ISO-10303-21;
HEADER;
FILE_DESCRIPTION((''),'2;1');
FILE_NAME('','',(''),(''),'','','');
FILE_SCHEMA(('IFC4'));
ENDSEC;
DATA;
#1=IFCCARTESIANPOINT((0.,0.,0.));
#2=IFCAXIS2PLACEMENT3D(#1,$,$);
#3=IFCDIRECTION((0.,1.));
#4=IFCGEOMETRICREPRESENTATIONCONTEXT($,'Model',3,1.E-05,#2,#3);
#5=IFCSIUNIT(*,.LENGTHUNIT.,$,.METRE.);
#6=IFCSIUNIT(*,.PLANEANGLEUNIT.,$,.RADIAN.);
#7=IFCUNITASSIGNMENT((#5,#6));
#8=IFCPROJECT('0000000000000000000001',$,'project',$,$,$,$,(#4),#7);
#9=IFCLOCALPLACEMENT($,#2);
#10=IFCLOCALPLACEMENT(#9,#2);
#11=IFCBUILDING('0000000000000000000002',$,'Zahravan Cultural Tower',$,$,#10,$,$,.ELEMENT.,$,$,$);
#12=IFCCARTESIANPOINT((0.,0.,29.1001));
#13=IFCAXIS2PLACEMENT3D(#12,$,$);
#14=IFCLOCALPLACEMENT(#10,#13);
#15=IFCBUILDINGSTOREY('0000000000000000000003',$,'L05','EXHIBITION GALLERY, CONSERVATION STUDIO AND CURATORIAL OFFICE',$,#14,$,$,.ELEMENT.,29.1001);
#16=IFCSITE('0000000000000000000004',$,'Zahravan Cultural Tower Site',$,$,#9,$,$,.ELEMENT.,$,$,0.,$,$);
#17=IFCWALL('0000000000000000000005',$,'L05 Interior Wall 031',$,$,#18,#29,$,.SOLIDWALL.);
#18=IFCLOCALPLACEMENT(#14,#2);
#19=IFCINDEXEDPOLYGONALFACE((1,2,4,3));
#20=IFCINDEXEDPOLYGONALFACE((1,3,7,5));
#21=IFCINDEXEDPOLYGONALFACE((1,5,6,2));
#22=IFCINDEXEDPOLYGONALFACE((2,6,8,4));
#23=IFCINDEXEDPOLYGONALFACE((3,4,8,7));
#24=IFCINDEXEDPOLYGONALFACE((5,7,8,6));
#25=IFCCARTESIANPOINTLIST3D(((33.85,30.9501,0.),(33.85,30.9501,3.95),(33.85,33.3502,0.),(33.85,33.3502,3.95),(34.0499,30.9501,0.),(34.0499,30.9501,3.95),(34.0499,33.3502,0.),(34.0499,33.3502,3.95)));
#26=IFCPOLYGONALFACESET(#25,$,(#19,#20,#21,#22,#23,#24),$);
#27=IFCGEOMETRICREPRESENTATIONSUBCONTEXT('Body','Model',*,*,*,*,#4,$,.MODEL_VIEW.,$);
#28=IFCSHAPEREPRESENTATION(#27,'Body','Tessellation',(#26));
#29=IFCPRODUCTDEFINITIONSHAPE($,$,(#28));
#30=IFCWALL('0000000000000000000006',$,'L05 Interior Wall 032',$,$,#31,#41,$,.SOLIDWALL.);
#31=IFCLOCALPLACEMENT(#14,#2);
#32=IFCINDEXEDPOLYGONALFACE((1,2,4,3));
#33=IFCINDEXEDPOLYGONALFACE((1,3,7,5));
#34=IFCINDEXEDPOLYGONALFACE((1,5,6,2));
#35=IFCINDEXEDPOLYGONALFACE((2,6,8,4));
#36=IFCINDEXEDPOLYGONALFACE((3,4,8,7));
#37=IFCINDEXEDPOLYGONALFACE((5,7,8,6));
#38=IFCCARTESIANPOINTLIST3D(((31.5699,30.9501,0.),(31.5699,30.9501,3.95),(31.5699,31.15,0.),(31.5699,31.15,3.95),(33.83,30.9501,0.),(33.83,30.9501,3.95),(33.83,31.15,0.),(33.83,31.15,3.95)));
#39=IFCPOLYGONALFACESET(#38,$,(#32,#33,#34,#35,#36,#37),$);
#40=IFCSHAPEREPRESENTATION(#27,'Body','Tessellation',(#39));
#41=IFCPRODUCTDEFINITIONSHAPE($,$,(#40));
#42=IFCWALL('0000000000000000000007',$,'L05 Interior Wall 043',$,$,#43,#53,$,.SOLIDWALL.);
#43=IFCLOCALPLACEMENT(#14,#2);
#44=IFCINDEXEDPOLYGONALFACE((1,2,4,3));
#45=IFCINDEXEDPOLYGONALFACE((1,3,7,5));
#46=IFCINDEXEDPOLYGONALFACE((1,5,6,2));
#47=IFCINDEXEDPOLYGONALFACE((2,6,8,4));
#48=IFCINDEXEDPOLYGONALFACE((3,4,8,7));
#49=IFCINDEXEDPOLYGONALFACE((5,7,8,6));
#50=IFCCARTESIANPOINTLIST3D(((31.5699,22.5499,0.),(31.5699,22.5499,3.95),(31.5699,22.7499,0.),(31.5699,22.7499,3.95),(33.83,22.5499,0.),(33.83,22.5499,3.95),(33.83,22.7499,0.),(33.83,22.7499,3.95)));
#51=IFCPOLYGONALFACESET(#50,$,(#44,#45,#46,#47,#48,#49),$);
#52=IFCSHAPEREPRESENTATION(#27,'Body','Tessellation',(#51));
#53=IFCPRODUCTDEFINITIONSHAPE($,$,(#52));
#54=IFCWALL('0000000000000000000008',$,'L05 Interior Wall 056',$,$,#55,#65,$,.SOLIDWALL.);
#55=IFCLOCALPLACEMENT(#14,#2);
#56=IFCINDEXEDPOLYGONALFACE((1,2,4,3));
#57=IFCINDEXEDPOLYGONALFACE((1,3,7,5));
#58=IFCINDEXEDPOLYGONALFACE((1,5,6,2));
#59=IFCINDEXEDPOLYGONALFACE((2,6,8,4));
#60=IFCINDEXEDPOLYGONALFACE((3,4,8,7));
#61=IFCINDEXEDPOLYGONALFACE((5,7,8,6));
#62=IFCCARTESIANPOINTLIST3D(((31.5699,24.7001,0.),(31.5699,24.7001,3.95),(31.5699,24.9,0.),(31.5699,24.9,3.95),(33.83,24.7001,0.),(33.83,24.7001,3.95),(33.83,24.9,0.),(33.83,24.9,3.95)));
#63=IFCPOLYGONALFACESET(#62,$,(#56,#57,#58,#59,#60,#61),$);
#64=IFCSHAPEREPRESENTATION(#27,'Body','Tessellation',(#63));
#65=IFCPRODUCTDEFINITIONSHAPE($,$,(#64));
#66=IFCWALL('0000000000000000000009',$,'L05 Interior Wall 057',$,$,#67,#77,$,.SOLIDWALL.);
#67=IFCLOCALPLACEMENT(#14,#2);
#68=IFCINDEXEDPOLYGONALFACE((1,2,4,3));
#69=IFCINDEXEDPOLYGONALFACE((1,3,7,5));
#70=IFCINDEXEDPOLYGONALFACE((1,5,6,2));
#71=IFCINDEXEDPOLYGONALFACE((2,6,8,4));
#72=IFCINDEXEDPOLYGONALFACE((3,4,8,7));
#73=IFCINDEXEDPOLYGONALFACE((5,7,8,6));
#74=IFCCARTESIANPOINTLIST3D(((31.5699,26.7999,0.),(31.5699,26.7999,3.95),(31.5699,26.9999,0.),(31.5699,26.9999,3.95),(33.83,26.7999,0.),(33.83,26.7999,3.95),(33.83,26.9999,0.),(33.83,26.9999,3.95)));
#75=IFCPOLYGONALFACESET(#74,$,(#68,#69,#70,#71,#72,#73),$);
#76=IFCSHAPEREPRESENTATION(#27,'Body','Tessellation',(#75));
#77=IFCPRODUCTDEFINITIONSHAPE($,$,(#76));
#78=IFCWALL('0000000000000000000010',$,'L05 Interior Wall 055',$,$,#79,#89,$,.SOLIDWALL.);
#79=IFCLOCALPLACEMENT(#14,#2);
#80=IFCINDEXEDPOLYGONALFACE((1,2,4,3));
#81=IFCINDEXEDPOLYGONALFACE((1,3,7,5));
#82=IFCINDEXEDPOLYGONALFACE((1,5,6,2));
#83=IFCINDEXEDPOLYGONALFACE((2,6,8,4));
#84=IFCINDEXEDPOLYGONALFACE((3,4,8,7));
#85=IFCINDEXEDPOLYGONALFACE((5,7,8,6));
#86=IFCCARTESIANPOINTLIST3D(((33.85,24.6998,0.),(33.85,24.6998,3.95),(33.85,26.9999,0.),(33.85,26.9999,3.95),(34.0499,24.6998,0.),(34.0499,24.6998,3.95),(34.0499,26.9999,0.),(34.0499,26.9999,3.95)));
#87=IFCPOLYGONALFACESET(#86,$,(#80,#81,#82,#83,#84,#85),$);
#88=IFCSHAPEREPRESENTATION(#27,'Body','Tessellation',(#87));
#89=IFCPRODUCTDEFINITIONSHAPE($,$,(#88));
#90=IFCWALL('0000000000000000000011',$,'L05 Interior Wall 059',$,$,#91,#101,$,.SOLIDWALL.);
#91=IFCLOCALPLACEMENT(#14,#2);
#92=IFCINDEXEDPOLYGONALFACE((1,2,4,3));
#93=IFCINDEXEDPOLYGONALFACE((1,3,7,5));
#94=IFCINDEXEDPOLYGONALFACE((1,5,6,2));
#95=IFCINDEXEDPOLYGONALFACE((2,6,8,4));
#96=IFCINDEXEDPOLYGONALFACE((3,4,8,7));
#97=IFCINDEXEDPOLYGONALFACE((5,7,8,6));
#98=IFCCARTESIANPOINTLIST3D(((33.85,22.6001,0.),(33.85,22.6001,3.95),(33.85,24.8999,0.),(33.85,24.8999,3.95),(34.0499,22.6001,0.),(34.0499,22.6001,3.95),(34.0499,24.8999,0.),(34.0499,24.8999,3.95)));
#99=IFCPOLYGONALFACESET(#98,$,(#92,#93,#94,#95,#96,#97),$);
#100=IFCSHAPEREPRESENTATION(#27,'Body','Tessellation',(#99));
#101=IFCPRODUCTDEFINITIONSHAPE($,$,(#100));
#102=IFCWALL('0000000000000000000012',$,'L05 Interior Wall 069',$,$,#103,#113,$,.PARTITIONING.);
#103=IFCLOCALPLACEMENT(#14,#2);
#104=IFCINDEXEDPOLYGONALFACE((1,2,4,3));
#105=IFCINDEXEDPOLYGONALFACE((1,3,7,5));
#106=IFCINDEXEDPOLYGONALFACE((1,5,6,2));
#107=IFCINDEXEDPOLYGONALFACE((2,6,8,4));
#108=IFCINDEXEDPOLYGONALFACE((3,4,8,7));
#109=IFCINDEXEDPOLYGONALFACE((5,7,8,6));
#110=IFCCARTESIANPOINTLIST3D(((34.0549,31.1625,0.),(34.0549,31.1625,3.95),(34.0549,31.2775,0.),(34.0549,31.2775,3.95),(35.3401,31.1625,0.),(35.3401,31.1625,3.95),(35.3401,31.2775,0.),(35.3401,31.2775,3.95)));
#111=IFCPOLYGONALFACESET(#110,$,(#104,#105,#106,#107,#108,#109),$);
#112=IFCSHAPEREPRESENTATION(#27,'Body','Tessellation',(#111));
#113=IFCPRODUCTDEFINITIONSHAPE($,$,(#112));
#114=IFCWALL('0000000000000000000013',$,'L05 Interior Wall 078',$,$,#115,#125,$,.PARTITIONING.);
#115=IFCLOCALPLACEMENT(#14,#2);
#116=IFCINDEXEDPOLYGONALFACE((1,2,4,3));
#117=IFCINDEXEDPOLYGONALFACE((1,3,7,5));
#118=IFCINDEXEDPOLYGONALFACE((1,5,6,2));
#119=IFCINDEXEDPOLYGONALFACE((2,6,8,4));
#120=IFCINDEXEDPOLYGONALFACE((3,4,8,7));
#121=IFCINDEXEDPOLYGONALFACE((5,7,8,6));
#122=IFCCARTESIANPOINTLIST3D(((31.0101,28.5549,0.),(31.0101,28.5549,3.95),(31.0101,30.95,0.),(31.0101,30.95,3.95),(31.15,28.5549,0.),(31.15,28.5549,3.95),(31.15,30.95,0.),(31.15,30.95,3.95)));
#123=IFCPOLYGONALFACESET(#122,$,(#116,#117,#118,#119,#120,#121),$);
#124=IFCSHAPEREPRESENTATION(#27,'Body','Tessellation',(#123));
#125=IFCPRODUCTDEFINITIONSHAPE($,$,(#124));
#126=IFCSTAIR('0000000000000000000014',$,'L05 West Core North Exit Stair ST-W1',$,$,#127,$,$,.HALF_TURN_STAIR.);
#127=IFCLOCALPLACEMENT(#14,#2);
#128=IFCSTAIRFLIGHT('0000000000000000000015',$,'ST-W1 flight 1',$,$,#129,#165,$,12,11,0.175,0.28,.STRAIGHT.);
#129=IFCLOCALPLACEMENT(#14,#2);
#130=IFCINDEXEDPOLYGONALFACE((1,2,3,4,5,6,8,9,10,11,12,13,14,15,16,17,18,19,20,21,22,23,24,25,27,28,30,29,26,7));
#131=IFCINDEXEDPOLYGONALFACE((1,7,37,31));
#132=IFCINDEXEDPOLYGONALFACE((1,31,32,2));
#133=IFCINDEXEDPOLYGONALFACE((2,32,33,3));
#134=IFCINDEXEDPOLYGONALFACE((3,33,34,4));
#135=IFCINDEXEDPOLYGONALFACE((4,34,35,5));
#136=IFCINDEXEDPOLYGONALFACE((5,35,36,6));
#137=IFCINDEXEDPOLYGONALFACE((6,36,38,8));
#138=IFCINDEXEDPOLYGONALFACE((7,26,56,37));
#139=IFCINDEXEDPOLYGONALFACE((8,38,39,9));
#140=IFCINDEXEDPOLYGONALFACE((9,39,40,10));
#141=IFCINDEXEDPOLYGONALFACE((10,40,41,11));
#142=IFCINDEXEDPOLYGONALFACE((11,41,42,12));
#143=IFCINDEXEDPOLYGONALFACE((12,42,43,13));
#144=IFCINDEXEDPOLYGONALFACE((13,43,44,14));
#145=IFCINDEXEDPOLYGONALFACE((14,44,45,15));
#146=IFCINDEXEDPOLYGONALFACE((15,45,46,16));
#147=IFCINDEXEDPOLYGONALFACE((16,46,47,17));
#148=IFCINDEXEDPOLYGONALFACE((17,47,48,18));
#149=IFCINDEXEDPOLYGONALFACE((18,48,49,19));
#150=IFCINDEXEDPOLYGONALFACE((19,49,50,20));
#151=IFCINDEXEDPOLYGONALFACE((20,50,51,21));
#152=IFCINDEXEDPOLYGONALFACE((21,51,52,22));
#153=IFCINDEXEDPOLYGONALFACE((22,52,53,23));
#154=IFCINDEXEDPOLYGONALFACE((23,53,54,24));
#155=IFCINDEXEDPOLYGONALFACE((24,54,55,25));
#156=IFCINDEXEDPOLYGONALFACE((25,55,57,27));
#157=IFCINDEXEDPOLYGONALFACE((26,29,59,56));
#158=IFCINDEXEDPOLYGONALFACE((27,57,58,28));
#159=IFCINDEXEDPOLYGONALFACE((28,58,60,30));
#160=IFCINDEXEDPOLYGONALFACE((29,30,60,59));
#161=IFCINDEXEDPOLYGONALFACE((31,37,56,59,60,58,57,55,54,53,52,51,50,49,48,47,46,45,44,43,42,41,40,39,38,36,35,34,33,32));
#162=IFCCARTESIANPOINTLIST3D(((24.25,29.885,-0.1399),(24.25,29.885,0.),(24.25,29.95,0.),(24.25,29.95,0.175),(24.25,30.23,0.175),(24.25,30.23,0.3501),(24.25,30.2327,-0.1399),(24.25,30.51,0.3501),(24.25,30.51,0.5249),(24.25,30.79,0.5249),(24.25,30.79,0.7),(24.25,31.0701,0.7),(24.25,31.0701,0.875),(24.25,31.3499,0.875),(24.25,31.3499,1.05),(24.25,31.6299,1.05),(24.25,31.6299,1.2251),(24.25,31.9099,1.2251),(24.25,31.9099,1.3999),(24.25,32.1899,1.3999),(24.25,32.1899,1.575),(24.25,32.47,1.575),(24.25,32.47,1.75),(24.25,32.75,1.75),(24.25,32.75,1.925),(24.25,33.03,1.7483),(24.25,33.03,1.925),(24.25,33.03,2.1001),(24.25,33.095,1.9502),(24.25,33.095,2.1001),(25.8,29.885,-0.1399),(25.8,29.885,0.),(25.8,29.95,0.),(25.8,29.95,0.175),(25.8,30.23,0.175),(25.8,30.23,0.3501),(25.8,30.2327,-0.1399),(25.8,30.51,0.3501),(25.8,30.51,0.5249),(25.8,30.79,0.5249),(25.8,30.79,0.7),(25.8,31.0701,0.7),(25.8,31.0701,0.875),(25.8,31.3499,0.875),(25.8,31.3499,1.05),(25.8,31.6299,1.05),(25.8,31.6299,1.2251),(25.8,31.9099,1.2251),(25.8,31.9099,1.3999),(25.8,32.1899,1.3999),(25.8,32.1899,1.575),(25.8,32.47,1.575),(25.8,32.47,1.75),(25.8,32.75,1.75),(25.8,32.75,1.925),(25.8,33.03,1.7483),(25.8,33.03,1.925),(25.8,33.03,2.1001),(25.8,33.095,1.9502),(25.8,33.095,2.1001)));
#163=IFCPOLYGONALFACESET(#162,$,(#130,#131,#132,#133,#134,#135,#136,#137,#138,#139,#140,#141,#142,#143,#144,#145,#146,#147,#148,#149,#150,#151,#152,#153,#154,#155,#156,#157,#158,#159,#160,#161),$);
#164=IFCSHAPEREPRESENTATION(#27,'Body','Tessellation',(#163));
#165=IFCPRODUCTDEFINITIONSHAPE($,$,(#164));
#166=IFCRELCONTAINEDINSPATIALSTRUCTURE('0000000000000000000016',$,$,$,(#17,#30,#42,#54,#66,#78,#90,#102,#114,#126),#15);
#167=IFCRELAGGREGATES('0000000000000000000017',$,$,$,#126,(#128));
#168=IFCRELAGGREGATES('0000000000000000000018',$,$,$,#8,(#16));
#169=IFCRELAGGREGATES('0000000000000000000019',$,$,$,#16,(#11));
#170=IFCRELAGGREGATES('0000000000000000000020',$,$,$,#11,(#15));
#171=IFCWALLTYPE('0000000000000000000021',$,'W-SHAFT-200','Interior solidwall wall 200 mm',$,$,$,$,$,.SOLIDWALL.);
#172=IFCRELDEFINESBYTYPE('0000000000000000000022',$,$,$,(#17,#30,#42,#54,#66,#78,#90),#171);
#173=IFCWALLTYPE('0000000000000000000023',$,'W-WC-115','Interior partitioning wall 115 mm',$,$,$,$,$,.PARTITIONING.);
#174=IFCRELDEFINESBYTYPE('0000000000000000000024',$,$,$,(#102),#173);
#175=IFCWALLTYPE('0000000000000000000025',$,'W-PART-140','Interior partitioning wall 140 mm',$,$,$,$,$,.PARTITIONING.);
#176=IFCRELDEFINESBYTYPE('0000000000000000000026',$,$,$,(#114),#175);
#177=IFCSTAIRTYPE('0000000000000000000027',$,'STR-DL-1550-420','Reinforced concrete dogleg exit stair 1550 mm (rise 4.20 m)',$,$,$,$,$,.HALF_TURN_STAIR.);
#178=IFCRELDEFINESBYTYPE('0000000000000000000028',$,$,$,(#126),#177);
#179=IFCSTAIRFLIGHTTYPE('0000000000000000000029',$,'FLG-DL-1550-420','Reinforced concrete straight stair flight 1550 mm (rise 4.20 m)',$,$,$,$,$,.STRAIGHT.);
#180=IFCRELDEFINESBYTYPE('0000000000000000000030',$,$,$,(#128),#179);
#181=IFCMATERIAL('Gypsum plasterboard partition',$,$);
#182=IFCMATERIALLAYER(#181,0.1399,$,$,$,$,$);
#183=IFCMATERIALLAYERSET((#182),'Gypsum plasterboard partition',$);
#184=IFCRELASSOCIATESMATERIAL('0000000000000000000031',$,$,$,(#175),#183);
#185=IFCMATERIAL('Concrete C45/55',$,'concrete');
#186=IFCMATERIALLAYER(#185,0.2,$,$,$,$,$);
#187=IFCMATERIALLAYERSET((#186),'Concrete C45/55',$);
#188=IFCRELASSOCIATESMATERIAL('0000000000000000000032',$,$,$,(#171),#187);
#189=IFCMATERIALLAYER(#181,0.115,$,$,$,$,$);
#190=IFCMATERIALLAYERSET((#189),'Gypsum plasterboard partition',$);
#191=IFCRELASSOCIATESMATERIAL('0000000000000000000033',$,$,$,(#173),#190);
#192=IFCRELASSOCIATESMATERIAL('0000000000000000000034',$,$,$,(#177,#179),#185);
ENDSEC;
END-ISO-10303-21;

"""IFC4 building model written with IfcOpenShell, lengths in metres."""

from ifc_helpers import new_model, si_unit, direction, frame, frame_2d, origin, place, context, subcontext, project, spatial, polyline, rectangle, outline, extrude, source, transform, mapped, material, layer, layer_set, type_object, element, aggregate, save


model = new_model("IFC4")

# Units and contexts
model_context = context("Model", 3, precision=1e-05, world=origin(), true_north=direction((0.0, 1.0)))
body_context = subcontext(model_context, "Body", "Model", "MODEL_VIEW")
ifc_project = project(units=[si_unit("LENGTHUNIT", "METRE"), si_unit("PLANEANGLEUNIT", "RADIAN")], contexts=[model_context])

# Site, building, storey
site_placement = place(None, origin())
site = spatial("IfcSite", under=ifc_project, at=site_placement, Name="Zahravan Cultural Tower Site", CompositionType="ELEMENT", RefElevation=0.0)
building_placement = place(site_placement, origin())
building = spatial("IfcBuilding", under=site, at=building_placement, Name="Zahravan Cultural Tower", CompositionType="ELEMENT")
storey_placement = place(building_placement, frame((0.0, 0.0, 29.1001)))
storey = spatial("IfcBuildingStorey", under=building, at=storey_placement, Name="L05", Description="EXHIBITION GALLERY, CONSERVATION STUDIO AND CURATORIAL OFFICE", CompositionType="ELEMENT", Elevation=29.1001)

# Shared definitions
ifc_material_1 = material(Name="Gypsum plasterboard partition")
ifc_layer_1 = layer(ifc_material_1, 0.1399)
ifc_layer_set_1 = layer_set([ifc_layer_1], Name="Gypsum plasterboard partition")
wall_type_1 = type_object("IfcWallType", Name="W-PART-140", Description="Interior partitioning wall 140 mm", PredefinedType="PARTITIONING", material=ifc_layer_set_1)
ifc_material_2 = material(Name="Concrete C45/55", Category="concrete")
ifc_layer_2 = layer(ifc_material_2, 0.2)
ifc_layer_set_2 = layer_set([ifc_layer_2], Name="Concrete C45/55")
wall_type_2 = type_object("IfcWallType", Name="W-SHAFT-200", Description="Interior solidwall wall 200 mm", PredefinedType="SOLIDWALL", material=ifc_layer_set_2)

# Walls
shared_shape_1 = source(origin(), body_context, "Body", "SweptSolid", [
    extrude(rectangle(XDim=2.4001, YDim=0.2, at=frame_2d((1.2002, 0.0))), origin(), (0.0, 0.0, 1.0), 3.95),
])
for number, where, z_axis, x_axis, name in (
    (1, (33.95, 30.95, 0.0), (0.0, 0.0, 1.0), (0.0, 1.0, 0.0), "L05 Interior Wall 031"),
):
    element("IfcWall", number, at=place(storey_placement, frame(where, z_axis=z_axis, x_axis=x_axis)), inside=storey, type_object=wall_type_2, Name=name, PredefinedType="SOLIDWALL", context=body_context, shape_type="MappedRepresentation", body=[
        mapped(shared_shape_1, transform((0.0, 0.0, 0.0), x_axis=(1.0, 0.0, 0.0), y_axis=(0.0, 1.0, 0.0), z_axis=(0.0, 0.0, 1.0), scale=1.0)),
    ])
shared_shape_2 = source(origin(), body_context, "Body", "SweptSolid", [
    extrude(rectangle(XDim=2.26, YDim=0.2, at=frame_2d((1.1299, 0.0))), origin(), (0.0, 0.0, 1.0), 3.95),
])
for number, where, z_axis, x_axis, name in (
    (2, (31.5701, 31.05, 0.0), (0.0, 0.0, 1.0), (1.0, 0.0, 0.0), "L05 Interior Wall 032"),
    (3, (31.5701, 22.6499, 0.0), (0.0, 0.0, 1.0), (1.0, 0.0, 0.0), "L05 Interior Wall 043"),
    (4, (31.5701, 24.8, 0.0), (0.0, 0.0, 1.0), (1.0, 0.0, 0.0), "L05 Interior Wall 056"),
    (5, (31.5701, 26.8999, 0.0), (0.0, 0.0, 1.0), (1.0, 0.0, 0.0), "L05 Interior Wall 057"),
):
    element("IfcWall", number, at=place(storey_placement, frame(where, z_axis=z_axis, x_axis=x_axis)), inside=storey, type_object=wall_type_2, Name=name, PredefinedType="SOLIDWALL", context=body_context, shape_type="MappedRepresentation", body=[
        mapped(shared_shape_2, transform((0.0, 0.0, 0.0), x_axis=(1.0, 0.0, 0.0), y_axis=(0.0, 1.0, 0.0), z_axis=(0.0, 0.0, 1.0), scale=1.0)),
    ])
shared_shape_3 = source(origin(), body_context, "Body", "SweptSolid", [
    extrude(rectangle(XDim=2.3, YDim=0.2, at=frame_2d((1.1499, 0.0))), origin(), (0.0, 0.0, 1.0), 3.95),
])
wall_1_placement = place(storey_placement, frame((33.95, 24.7, 0.0), z_axis=(0.0, 0.0, 1.0), x_axis=(0.0, 1.0, 0.0)))
element("IfcWall", 6, at=wall_1_placement, inside=storey, type_object=wall_type_2, Name="L05 Interior Wall 055", PredefinedType="SOLIDWALL", context=body_context, shape_type="MappedRepresentation", body=[
    mapped(shared_shape_3, transform((0.0, 0.0, 0.0), x_axis=(1.0, 0.0, 0.0), y_axis=(0.0, 1.0, 0.0), z_axis=(0.0, 0.0, 1.0), scale=1.0)),
])
shared_shape_4 = source(origin(), body_context, "Body", "SweptSolid", [
    extrude(rectangle(XDim=2.2998, YDim=0.2, at=frame_2d((1.1499, 0.0))), origin(), (0.0, 0.0, 1.0), 3.95),
])
wall_2_placement = place(storey_placement, frame((33.95, 22.6001, 0.0), z_axis=(0.0, 0.0, 1.0), x_axis=(0.0, 1.0, 0.0)))
element("IfcWall", 7, at=wall_2_placement, inside=storey, type_object=wall_type_2, Name="L05 Interior Wall 059", PredefinedType="SOLIDWALL", context=body_context, shape_type="MappedRepresentation", body=[
    mapped(shared_shape_4, transform((0.0, 0.0, 0.0), x_axis=(1.0, 0.0, 0.0), y_axis=(0.0, 1.0, 0.0), z_axis=(0.0, 0.0, 1.0), scale=1.0)),
])
ifc_layer_3 = layer(ifc_material_1, 0.115)
ifc_layer_set_3 = layer_set([ifc_layer_3], Name="Gypsum plasterboard partition")
wall_type_3 = type_object("IfcWallType", Name="W-WC-115", Description="Interior partitioning wall 115 mm", PredefinedType="PARTITIONING", material=ifc_layer_set_3)
shared_shape_5 = source(origin(), body_context, "Body", "SweptSolid", [
    extrude(rectangle(XDim=1.2852, YDim=0.115, at=frame_2d((0.6426, 0.0))), origin(), (0.0, 0.0, 1.0), 3.95),
])
wall_3_placement = place(storey_placement, frame((35.3401, 31.22, 0.0), z_axis=(0.0, 0.0, 1.0), x_axis=(-1.0, 0.0, 0.0)))
element("IfcWall", 8, at=wall_3_placement, inside=storey, type_object=wall_type_3, Name="L05 Interior Wall 069", PredefinedType="PARTITIONING", context=body_context, shape_type="MappedRepresentation", body=[
    mapped(shared_shape_5, transform((0.0, 0.0, 0.0), x_axis=(1.0, 0.0, 0.0), y_axis=(0.0, 1.0, 0.0), z_axis=(0.0, 0.0, 1.0), scale=1.0)),
])
shared_shape_6 = source(origin(), body_context, "Body", "SweptSolid", [
    extrude(rectangle(XDim=2.395, YDim=0.1399, at=frame_2d((1.1975, 0.0))), origin(), (0.0, 0.0, 1.0), 3.95),
])
wall_4_placement = place(storey_placement, frame((31.0801, 28.5549, 0.0), z_axis=(0.0, 0.0, 1.0), x_axis=(0.0, 1.0, 0.0)))
element("IfcWall", 9, at=wall_4_placement, inside=storey, type_object=wall_type_1, Name="L05 Interior Wall 078", PredefinedType="PARTITIONING", context=body_context, shape_type="MappedRepresentation", body=[
    mapped(shared_shape_6, transform((0.0, 0.0, 0.0), x_axis=(1.0, 0.0, 0.0), y_axis=(0.0, 1.0, 0.0), z_axis=(0.0, 0.0, 1.0), scale=1.0)),
])

# Stair, stair flight
stair_type = type_object("IfcStairType", Name="STR-DL-1550-420", Description="Reinforced concrete dogleg exit stair 1550 mm (rise 4.20 m)", PredefinedType="HALF_TURN_STAIR", material=ifc_material_2)
stair_placement = place(storey_placement, origin())
stair = element("IfcStair", 10, at=stair_placement, inside=storey, type_object=stair_type, Name="L05 West Core North Exit Stair ST-W1", PredefinedType="HALF_TURN_STAIR")
stair_flight_type = type_object("IfcStairFlightType", Name="FLG-DL-1550-420", Description="Reinforced concrete straight stair flight 1550 mm (rise 4.20 m)", PredefinedType="STRAIGHT", material=ifc_material_2)
stair_flight_placement = place(storey_placement, frame((25.0249, 29.95, 0.0), z_axis=(0.0, 0.0, 1.0), x_axis=(0.0, 1.0, 0.0)))
stair_flight = element("IfcStairFlight", 11, at=stair_flight_placement, type_object=stair_flight_type, Name="ST-W1 flight 1", NumberOfRisers=12, NumberOfTreads=11, PredefinedType="STRAIGHT", RiserHeight=0.175, TreadLength=0.28, context=body_context, shape_type="SweptSolid", body=[
    extrude(outline(polyline([(-0.0649, -0.1399), (-0.0649, 0.0), (0.0, 0.0), (0.0, 0.175), (0.28, 0.175), (0.28, 0.3501), (0.5601, 0.3501), (0.5601, 0.5249), (0.8401, 0.5249), (0.8401, 0.7), (1.1201, 0.7), (1.1201, 0.875), (1.3999, 0.875), (1.3999, 1.05), (1.6799, 1.05), (1.6799, 1.2251), (1.96, 1.2251), (1.96, 1.3999), (2.24, 1.3999), (2.24, 1.575), (2.52, 1.575), (2.52, 1.75), (2.8, 1.75), (2.8, 1.925), (3.0801, 1.925), (3.0801, 2.1001), (3.145, 2.1001), (3.145, 1.9502), (3.0801, 1.7483), (0.2827, -0.1399), (-0.0649, -0.1399)])), frame((0.0, 0.7749, 0.0), z_axis=(0.0, -1.0, 0.0), x_axis=(1.0, 0.0, 0.0)), (0.0, 0.0, 1.0), 1.55),
])
aggregate(stair, [stair_flight])

save(model, "model.ifc")
